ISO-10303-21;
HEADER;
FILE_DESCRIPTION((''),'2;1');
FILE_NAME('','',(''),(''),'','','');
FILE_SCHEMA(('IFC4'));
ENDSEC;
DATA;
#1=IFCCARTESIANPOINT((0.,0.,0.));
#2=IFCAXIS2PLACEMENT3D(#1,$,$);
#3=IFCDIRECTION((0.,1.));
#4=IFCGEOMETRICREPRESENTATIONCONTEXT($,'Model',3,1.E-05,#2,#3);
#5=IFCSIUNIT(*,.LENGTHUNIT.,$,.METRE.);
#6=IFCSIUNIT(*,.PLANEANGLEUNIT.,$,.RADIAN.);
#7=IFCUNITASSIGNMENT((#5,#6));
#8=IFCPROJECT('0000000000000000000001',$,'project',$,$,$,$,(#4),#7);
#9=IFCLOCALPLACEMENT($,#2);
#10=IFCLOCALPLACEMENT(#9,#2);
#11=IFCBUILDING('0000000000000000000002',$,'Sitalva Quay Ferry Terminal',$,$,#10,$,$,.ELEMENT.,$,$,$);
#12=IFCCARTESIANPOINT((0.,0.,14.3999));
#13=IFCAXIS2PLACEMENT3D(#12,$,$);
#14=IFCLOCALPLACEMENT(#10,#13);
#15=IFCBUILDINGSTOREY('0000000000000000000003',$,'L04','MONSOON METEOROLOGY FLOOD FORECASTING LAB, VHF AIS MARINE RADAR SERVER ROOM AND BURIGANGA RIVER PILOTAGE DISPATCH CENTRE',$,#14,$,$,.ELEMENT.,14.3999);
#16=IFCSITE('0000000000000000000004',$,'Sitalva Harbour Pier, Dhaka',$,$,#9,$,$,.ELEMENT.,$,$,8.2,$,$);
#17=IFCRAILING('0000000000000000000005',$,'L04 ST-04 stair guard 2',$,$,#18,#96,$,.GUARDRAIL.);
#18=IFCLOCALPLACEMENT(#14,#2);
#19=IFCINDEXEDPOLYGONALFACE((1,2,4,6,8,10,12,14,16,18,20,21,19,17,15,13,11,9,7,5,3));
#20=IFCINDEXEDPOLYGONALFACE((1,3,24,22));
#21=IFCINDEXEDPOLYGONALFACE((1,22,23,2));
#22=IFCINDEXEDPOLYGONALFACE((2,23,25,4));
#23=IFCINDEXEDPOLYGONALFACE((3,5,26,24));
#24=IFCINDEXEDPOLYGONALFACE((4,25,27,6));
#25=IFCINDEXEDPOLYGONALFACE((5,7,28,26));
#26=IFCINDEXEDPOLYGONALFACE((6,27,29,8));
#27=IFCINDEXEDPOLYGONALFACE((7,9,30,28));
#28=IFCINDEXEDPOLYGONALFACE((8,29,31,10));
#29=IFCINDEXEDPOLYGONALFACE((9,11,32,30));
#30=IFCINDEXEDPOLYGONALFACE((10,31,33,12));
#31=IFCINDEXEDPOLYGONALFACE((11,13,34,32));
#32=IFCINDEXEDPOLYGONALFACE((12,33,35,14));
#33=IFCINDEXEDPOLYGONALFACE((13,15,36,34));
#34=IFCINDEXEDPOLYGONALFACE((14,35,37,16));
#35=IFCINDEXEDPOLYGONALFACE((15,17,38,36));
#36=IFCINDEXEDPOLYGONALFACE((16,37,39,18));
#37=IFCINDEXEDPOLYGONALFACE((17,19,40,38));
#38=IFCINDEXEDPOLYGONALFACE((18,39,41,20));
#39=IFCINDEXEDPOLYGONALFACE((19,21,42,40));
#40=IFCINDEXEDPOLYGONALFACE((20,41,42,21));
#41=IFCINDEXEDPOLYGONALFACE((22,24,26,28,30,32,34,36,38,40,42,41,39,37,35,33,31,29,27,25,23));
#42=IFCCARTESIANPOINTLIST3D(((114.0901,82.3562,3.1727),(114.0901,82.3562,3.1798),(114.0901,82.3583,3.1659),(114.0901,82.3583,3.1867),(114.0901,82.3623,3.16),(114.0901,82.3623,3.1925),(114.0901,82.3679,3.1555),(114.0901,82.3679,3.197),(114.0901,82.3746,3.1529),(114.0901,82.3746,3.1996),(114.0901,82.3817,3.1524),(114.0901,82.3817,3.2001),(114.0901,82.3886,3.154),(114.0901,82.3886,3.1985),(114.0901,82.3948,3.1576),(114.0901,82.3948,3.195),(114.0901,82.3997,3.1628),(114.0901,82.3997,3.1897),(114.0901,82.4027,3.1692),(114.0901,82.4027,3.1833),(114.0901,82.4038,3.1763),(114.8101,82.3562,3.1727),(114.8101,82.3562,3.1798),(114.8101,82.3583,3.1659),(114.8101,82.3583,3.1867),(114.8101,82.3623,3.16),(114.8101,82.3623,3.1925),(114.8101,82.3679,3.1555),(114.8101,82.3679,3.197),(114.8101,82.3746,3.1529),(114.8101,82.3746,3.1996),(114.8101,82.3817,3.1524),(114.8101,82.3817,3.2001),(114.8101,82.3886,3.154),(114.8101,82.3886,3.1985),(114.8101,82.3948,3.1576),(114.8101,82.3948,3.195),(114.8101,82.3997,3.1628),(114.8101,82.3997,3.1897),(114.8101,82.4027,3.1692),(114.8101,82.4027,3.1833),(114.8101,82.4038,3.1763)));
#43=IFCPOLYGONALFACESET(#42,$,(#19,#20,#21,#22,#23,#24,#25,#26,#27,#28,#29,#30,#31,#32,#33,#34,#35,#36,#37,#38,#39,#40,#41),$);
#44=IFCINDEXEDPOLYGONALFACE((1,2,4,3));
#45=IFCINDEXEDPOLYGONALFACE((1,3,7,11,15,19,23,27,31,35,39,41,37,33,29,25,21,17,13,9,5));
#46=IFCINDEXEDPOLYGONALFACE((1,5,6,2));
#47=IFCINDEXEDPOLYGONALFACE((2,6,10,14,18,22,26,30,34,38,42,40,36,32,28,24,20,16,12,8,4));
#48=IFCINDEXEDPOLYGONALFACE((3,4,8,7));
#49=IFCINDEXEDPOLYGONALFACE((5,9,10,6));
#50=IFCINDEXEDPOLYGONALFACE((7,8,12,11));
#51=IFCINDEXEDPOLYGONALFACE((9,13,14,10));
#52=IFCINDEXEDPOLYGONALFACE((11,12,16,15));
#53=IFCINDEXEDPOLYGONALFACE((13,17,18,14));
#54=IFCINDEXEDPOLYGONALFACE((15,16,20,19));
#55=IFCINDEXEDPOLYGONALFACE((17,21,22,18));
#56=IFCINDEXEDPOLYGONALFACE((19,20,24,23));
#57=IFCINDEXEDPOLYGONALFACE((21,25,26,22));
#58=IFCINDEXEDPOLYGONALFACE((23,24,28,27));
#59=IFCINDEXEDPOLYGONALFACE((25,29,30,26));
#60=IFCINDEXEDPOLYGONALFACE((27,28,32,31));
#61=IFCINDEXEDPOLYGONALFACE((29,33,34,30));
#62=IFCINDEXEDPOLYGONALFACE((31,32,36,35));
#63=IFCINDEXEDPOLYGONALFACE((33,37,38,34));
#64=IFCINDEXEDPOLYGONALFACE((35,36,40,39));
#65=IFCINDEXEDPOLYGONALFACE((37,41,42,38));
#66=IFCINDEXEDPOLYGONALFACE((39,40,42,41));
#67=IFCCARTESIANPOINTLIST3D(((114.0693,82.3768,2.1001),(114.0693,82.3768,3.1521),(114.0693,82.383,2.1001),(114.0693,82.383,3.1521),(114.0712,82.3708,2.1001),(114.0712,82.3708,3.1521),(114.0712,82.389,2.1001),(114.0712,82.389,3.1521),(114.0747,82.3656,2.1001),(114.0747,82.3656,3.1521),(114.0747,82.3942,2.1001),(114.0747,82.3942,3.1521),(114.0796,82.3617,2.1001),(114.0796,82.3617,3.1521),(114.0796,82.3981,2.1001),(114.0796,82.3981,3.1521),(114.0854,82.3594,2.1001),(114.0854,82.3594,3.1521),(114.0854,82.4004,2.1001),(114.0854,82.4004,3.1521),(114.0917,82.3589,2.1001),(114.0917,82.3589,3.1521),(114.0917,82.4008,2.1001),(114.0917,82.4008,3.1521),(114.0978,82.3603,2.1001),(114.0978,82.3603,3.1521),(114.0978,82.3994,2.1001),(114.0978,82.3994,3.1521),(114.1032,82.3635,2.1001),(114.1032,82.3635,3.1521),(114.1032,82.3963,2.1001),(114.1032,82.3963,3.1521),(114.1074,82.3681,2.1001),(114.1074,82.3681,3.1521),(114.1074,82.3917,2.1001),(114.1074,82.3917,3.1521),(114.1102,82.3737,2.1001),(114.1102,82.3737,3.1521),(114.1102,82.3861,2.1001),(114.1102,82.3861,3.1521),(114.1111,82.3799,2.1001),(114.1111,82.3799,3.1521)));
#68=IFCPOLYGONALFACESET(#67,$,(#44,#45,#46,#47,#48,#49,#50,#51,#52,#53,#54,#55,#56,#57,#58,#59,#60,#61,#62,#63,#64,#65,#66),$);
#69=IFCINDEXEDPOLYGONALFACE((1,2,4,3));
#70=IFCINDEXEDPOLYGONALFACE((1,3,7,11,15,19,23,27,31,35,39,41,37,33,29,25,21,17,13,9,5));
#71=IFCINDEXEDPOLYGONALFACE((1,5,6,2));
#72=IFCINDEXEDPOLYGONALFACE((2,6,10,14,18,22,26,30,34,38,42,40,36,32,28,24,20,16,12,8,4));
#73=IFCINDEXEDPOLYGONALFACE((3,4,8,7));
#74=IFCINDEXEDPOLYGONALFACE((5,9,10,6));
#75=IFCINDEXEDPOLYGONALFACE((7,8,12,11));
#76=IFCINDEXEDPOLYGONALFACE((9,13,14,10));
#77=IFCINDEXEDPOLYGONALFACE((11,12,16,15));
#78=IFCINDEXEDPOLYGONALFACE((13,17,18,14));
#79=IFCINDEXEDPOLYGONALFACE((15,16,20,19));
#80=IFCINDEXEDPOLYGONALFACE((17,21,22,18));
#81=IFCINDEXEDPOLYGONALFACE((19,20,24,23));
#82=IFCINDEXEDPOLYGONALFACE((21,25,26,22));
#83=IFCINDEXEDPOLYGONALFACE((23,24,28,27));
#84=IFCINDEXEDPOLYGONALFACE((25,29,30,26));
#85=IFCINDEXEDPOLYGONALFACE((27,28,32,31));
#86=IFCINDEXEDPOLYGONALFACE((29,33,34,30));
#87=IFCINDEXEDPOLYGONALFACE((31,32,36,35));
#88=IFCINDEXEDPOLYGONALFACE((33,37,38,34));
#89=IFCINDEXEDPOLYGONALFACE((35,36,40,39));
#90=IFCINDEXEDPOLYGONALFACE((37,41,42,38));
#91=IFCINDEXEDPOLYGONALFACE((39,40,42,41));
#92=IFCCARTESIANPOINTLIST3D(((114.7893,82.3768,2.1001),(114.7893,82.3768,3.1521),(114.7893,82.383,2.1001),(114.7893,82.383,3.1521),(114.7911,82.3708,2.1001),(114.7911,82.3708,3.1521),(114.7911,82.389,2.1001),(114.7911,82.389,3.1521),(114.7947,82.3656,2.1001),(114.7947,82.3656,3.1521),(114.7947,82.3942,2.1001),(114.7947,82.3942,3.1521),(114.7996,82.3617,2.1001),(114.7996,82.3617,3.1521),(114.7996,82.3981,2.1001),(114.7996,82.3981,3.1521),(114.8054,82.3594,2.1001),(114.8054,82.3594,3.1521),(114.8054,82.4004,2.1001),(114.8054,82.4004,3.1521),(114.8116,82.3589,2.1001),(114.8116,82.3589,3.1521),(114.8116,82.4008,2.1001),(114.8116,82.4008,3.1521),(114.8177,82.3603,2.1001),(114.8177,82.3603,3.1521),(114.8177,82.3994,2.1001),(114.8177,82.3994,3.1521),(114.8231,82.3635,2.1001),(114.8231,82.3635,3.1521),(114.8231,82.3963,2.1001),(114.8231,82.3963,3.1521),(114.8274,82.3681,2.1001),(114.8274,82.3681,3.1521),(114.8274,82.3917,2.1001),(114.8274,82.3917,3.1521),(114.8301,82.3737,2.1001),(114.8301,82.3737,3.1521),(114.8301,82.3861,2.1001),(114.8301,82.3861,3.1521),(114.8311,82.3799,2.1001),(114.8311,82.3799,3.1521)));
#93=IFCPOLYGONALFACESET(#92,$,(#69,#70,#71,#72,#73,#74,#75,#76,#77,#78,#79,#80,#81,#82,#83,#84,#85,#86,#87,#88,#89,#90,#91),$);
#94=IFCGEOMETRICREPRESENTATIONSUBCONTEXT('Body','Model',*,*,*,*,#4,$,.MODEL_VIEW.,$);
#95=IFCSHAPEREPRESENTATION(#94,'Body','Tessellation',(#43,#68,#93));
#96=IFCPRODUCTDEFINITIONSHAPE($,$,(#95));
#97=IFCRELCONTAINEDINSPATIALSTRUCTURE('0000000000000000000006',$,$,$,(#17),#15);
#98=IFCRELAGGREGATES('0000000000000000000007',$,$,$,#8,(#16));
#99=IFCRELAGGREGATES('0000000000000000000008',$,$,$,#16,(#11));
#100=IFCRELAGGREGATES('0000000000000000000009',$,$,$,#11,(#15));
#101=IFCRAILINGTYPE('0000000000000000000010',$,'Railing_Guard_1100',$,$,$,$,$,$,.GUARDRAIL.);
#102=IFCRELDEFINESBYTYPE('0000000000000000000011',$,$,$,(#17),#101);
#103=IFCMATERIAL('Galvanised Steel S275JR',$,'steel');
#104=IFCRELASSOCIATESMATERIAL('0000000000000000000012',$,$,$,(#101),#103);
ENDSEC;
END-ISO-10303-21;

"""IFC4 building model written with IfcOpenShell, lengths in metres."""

from ifc_helpers import new_model, si_unit, direction, frame, origin, origin_2d, place, context, subcontext, project, spatial, circle, extrude, material, type_object, element, save


model = new_model("IFC4")

# Units and contexts
model_context = context("Model", 3, precision=1e-05, world=origin(), true_north=direction((0.0, 1.0)))
body_context = subcontext(model_context, "Body", "Model", "MODEL_VIEW")
ifc_project = project(units=[si_unit("LENGTHUNIT", "METRE"), si_unit("PLANEANGLEUNIT", "RADIAN")], contexts=[model_context])

# Site, building, storey
site_placement = place(None, origin())
site = spatial("IfcSite", under=ifc_project, at=site_placement, Name="Sitalva Harbour Pier, Dhaka", CompositionType="ELEMENT", RefElevation=8.2)
building_placement = place(site_placement, origin())
building = spatial("IfcBuilding", under=site, at=building_placement, Name="Sitalva Quay Ferry Terminal", CompositionType="ELEMENT")
storey_placement = place(building_placement, frame((0.0, 0.0, 14.3999)))
storey = spatial("IfcBuildingStorey", under=building, at=storey_placement, Name="L04", Description="MONSOON METEOROLOGY FLOOD FORECASTING LAB, VHF AIS MARINE RADAR SERVER ROOM AND BURIGANGA RIVER PILOTAGE DISPATCH CENTRE", CompositionType="ELEMENT", Elevation=14.3999)

# Railing
ifc_material_1 = material(Name="Galvanised Steel S275JR", Category="steel")
railing_type_1 = type_object("IfcRailingType", Name="Railing_Guard_1100", PredefinedType="GUARDRAIL", material=ifc_material_1)
railing_1_placement = place(storey_placement, frame((114.0901, 82.3799, 2.1001)))
element("IfcRailing", 1, at=railing_1_placement, inside=storey, type_object=railing_type_1, Name="L04 ST-04 stair guard 2", PredefinedType="GUARDRAIL", context=body_context, shape_type="SweptSolid", body=[
    extrude(circle(Radius=0.0239, at=origin_2d()), frame((0.0, 0.0, 1.0762), z_axis=(1.0, 0.0, 0.0), x_axis=(0.0, 1.0, 0.0)), (0.0, 0.0, 1.0), 0.72),
    extrude(circle(Radius=0.021, at=origin_2d()), origin(), (0.0, 0.0, 1.0), 1.052),
    extrude(circle(Radius=0.021, at=origin_2d()), frame((0.72, 0.0, 0.0)), (0.0, 0.0, 1.0), 1.052),
])

save(model, "model.ifc")
